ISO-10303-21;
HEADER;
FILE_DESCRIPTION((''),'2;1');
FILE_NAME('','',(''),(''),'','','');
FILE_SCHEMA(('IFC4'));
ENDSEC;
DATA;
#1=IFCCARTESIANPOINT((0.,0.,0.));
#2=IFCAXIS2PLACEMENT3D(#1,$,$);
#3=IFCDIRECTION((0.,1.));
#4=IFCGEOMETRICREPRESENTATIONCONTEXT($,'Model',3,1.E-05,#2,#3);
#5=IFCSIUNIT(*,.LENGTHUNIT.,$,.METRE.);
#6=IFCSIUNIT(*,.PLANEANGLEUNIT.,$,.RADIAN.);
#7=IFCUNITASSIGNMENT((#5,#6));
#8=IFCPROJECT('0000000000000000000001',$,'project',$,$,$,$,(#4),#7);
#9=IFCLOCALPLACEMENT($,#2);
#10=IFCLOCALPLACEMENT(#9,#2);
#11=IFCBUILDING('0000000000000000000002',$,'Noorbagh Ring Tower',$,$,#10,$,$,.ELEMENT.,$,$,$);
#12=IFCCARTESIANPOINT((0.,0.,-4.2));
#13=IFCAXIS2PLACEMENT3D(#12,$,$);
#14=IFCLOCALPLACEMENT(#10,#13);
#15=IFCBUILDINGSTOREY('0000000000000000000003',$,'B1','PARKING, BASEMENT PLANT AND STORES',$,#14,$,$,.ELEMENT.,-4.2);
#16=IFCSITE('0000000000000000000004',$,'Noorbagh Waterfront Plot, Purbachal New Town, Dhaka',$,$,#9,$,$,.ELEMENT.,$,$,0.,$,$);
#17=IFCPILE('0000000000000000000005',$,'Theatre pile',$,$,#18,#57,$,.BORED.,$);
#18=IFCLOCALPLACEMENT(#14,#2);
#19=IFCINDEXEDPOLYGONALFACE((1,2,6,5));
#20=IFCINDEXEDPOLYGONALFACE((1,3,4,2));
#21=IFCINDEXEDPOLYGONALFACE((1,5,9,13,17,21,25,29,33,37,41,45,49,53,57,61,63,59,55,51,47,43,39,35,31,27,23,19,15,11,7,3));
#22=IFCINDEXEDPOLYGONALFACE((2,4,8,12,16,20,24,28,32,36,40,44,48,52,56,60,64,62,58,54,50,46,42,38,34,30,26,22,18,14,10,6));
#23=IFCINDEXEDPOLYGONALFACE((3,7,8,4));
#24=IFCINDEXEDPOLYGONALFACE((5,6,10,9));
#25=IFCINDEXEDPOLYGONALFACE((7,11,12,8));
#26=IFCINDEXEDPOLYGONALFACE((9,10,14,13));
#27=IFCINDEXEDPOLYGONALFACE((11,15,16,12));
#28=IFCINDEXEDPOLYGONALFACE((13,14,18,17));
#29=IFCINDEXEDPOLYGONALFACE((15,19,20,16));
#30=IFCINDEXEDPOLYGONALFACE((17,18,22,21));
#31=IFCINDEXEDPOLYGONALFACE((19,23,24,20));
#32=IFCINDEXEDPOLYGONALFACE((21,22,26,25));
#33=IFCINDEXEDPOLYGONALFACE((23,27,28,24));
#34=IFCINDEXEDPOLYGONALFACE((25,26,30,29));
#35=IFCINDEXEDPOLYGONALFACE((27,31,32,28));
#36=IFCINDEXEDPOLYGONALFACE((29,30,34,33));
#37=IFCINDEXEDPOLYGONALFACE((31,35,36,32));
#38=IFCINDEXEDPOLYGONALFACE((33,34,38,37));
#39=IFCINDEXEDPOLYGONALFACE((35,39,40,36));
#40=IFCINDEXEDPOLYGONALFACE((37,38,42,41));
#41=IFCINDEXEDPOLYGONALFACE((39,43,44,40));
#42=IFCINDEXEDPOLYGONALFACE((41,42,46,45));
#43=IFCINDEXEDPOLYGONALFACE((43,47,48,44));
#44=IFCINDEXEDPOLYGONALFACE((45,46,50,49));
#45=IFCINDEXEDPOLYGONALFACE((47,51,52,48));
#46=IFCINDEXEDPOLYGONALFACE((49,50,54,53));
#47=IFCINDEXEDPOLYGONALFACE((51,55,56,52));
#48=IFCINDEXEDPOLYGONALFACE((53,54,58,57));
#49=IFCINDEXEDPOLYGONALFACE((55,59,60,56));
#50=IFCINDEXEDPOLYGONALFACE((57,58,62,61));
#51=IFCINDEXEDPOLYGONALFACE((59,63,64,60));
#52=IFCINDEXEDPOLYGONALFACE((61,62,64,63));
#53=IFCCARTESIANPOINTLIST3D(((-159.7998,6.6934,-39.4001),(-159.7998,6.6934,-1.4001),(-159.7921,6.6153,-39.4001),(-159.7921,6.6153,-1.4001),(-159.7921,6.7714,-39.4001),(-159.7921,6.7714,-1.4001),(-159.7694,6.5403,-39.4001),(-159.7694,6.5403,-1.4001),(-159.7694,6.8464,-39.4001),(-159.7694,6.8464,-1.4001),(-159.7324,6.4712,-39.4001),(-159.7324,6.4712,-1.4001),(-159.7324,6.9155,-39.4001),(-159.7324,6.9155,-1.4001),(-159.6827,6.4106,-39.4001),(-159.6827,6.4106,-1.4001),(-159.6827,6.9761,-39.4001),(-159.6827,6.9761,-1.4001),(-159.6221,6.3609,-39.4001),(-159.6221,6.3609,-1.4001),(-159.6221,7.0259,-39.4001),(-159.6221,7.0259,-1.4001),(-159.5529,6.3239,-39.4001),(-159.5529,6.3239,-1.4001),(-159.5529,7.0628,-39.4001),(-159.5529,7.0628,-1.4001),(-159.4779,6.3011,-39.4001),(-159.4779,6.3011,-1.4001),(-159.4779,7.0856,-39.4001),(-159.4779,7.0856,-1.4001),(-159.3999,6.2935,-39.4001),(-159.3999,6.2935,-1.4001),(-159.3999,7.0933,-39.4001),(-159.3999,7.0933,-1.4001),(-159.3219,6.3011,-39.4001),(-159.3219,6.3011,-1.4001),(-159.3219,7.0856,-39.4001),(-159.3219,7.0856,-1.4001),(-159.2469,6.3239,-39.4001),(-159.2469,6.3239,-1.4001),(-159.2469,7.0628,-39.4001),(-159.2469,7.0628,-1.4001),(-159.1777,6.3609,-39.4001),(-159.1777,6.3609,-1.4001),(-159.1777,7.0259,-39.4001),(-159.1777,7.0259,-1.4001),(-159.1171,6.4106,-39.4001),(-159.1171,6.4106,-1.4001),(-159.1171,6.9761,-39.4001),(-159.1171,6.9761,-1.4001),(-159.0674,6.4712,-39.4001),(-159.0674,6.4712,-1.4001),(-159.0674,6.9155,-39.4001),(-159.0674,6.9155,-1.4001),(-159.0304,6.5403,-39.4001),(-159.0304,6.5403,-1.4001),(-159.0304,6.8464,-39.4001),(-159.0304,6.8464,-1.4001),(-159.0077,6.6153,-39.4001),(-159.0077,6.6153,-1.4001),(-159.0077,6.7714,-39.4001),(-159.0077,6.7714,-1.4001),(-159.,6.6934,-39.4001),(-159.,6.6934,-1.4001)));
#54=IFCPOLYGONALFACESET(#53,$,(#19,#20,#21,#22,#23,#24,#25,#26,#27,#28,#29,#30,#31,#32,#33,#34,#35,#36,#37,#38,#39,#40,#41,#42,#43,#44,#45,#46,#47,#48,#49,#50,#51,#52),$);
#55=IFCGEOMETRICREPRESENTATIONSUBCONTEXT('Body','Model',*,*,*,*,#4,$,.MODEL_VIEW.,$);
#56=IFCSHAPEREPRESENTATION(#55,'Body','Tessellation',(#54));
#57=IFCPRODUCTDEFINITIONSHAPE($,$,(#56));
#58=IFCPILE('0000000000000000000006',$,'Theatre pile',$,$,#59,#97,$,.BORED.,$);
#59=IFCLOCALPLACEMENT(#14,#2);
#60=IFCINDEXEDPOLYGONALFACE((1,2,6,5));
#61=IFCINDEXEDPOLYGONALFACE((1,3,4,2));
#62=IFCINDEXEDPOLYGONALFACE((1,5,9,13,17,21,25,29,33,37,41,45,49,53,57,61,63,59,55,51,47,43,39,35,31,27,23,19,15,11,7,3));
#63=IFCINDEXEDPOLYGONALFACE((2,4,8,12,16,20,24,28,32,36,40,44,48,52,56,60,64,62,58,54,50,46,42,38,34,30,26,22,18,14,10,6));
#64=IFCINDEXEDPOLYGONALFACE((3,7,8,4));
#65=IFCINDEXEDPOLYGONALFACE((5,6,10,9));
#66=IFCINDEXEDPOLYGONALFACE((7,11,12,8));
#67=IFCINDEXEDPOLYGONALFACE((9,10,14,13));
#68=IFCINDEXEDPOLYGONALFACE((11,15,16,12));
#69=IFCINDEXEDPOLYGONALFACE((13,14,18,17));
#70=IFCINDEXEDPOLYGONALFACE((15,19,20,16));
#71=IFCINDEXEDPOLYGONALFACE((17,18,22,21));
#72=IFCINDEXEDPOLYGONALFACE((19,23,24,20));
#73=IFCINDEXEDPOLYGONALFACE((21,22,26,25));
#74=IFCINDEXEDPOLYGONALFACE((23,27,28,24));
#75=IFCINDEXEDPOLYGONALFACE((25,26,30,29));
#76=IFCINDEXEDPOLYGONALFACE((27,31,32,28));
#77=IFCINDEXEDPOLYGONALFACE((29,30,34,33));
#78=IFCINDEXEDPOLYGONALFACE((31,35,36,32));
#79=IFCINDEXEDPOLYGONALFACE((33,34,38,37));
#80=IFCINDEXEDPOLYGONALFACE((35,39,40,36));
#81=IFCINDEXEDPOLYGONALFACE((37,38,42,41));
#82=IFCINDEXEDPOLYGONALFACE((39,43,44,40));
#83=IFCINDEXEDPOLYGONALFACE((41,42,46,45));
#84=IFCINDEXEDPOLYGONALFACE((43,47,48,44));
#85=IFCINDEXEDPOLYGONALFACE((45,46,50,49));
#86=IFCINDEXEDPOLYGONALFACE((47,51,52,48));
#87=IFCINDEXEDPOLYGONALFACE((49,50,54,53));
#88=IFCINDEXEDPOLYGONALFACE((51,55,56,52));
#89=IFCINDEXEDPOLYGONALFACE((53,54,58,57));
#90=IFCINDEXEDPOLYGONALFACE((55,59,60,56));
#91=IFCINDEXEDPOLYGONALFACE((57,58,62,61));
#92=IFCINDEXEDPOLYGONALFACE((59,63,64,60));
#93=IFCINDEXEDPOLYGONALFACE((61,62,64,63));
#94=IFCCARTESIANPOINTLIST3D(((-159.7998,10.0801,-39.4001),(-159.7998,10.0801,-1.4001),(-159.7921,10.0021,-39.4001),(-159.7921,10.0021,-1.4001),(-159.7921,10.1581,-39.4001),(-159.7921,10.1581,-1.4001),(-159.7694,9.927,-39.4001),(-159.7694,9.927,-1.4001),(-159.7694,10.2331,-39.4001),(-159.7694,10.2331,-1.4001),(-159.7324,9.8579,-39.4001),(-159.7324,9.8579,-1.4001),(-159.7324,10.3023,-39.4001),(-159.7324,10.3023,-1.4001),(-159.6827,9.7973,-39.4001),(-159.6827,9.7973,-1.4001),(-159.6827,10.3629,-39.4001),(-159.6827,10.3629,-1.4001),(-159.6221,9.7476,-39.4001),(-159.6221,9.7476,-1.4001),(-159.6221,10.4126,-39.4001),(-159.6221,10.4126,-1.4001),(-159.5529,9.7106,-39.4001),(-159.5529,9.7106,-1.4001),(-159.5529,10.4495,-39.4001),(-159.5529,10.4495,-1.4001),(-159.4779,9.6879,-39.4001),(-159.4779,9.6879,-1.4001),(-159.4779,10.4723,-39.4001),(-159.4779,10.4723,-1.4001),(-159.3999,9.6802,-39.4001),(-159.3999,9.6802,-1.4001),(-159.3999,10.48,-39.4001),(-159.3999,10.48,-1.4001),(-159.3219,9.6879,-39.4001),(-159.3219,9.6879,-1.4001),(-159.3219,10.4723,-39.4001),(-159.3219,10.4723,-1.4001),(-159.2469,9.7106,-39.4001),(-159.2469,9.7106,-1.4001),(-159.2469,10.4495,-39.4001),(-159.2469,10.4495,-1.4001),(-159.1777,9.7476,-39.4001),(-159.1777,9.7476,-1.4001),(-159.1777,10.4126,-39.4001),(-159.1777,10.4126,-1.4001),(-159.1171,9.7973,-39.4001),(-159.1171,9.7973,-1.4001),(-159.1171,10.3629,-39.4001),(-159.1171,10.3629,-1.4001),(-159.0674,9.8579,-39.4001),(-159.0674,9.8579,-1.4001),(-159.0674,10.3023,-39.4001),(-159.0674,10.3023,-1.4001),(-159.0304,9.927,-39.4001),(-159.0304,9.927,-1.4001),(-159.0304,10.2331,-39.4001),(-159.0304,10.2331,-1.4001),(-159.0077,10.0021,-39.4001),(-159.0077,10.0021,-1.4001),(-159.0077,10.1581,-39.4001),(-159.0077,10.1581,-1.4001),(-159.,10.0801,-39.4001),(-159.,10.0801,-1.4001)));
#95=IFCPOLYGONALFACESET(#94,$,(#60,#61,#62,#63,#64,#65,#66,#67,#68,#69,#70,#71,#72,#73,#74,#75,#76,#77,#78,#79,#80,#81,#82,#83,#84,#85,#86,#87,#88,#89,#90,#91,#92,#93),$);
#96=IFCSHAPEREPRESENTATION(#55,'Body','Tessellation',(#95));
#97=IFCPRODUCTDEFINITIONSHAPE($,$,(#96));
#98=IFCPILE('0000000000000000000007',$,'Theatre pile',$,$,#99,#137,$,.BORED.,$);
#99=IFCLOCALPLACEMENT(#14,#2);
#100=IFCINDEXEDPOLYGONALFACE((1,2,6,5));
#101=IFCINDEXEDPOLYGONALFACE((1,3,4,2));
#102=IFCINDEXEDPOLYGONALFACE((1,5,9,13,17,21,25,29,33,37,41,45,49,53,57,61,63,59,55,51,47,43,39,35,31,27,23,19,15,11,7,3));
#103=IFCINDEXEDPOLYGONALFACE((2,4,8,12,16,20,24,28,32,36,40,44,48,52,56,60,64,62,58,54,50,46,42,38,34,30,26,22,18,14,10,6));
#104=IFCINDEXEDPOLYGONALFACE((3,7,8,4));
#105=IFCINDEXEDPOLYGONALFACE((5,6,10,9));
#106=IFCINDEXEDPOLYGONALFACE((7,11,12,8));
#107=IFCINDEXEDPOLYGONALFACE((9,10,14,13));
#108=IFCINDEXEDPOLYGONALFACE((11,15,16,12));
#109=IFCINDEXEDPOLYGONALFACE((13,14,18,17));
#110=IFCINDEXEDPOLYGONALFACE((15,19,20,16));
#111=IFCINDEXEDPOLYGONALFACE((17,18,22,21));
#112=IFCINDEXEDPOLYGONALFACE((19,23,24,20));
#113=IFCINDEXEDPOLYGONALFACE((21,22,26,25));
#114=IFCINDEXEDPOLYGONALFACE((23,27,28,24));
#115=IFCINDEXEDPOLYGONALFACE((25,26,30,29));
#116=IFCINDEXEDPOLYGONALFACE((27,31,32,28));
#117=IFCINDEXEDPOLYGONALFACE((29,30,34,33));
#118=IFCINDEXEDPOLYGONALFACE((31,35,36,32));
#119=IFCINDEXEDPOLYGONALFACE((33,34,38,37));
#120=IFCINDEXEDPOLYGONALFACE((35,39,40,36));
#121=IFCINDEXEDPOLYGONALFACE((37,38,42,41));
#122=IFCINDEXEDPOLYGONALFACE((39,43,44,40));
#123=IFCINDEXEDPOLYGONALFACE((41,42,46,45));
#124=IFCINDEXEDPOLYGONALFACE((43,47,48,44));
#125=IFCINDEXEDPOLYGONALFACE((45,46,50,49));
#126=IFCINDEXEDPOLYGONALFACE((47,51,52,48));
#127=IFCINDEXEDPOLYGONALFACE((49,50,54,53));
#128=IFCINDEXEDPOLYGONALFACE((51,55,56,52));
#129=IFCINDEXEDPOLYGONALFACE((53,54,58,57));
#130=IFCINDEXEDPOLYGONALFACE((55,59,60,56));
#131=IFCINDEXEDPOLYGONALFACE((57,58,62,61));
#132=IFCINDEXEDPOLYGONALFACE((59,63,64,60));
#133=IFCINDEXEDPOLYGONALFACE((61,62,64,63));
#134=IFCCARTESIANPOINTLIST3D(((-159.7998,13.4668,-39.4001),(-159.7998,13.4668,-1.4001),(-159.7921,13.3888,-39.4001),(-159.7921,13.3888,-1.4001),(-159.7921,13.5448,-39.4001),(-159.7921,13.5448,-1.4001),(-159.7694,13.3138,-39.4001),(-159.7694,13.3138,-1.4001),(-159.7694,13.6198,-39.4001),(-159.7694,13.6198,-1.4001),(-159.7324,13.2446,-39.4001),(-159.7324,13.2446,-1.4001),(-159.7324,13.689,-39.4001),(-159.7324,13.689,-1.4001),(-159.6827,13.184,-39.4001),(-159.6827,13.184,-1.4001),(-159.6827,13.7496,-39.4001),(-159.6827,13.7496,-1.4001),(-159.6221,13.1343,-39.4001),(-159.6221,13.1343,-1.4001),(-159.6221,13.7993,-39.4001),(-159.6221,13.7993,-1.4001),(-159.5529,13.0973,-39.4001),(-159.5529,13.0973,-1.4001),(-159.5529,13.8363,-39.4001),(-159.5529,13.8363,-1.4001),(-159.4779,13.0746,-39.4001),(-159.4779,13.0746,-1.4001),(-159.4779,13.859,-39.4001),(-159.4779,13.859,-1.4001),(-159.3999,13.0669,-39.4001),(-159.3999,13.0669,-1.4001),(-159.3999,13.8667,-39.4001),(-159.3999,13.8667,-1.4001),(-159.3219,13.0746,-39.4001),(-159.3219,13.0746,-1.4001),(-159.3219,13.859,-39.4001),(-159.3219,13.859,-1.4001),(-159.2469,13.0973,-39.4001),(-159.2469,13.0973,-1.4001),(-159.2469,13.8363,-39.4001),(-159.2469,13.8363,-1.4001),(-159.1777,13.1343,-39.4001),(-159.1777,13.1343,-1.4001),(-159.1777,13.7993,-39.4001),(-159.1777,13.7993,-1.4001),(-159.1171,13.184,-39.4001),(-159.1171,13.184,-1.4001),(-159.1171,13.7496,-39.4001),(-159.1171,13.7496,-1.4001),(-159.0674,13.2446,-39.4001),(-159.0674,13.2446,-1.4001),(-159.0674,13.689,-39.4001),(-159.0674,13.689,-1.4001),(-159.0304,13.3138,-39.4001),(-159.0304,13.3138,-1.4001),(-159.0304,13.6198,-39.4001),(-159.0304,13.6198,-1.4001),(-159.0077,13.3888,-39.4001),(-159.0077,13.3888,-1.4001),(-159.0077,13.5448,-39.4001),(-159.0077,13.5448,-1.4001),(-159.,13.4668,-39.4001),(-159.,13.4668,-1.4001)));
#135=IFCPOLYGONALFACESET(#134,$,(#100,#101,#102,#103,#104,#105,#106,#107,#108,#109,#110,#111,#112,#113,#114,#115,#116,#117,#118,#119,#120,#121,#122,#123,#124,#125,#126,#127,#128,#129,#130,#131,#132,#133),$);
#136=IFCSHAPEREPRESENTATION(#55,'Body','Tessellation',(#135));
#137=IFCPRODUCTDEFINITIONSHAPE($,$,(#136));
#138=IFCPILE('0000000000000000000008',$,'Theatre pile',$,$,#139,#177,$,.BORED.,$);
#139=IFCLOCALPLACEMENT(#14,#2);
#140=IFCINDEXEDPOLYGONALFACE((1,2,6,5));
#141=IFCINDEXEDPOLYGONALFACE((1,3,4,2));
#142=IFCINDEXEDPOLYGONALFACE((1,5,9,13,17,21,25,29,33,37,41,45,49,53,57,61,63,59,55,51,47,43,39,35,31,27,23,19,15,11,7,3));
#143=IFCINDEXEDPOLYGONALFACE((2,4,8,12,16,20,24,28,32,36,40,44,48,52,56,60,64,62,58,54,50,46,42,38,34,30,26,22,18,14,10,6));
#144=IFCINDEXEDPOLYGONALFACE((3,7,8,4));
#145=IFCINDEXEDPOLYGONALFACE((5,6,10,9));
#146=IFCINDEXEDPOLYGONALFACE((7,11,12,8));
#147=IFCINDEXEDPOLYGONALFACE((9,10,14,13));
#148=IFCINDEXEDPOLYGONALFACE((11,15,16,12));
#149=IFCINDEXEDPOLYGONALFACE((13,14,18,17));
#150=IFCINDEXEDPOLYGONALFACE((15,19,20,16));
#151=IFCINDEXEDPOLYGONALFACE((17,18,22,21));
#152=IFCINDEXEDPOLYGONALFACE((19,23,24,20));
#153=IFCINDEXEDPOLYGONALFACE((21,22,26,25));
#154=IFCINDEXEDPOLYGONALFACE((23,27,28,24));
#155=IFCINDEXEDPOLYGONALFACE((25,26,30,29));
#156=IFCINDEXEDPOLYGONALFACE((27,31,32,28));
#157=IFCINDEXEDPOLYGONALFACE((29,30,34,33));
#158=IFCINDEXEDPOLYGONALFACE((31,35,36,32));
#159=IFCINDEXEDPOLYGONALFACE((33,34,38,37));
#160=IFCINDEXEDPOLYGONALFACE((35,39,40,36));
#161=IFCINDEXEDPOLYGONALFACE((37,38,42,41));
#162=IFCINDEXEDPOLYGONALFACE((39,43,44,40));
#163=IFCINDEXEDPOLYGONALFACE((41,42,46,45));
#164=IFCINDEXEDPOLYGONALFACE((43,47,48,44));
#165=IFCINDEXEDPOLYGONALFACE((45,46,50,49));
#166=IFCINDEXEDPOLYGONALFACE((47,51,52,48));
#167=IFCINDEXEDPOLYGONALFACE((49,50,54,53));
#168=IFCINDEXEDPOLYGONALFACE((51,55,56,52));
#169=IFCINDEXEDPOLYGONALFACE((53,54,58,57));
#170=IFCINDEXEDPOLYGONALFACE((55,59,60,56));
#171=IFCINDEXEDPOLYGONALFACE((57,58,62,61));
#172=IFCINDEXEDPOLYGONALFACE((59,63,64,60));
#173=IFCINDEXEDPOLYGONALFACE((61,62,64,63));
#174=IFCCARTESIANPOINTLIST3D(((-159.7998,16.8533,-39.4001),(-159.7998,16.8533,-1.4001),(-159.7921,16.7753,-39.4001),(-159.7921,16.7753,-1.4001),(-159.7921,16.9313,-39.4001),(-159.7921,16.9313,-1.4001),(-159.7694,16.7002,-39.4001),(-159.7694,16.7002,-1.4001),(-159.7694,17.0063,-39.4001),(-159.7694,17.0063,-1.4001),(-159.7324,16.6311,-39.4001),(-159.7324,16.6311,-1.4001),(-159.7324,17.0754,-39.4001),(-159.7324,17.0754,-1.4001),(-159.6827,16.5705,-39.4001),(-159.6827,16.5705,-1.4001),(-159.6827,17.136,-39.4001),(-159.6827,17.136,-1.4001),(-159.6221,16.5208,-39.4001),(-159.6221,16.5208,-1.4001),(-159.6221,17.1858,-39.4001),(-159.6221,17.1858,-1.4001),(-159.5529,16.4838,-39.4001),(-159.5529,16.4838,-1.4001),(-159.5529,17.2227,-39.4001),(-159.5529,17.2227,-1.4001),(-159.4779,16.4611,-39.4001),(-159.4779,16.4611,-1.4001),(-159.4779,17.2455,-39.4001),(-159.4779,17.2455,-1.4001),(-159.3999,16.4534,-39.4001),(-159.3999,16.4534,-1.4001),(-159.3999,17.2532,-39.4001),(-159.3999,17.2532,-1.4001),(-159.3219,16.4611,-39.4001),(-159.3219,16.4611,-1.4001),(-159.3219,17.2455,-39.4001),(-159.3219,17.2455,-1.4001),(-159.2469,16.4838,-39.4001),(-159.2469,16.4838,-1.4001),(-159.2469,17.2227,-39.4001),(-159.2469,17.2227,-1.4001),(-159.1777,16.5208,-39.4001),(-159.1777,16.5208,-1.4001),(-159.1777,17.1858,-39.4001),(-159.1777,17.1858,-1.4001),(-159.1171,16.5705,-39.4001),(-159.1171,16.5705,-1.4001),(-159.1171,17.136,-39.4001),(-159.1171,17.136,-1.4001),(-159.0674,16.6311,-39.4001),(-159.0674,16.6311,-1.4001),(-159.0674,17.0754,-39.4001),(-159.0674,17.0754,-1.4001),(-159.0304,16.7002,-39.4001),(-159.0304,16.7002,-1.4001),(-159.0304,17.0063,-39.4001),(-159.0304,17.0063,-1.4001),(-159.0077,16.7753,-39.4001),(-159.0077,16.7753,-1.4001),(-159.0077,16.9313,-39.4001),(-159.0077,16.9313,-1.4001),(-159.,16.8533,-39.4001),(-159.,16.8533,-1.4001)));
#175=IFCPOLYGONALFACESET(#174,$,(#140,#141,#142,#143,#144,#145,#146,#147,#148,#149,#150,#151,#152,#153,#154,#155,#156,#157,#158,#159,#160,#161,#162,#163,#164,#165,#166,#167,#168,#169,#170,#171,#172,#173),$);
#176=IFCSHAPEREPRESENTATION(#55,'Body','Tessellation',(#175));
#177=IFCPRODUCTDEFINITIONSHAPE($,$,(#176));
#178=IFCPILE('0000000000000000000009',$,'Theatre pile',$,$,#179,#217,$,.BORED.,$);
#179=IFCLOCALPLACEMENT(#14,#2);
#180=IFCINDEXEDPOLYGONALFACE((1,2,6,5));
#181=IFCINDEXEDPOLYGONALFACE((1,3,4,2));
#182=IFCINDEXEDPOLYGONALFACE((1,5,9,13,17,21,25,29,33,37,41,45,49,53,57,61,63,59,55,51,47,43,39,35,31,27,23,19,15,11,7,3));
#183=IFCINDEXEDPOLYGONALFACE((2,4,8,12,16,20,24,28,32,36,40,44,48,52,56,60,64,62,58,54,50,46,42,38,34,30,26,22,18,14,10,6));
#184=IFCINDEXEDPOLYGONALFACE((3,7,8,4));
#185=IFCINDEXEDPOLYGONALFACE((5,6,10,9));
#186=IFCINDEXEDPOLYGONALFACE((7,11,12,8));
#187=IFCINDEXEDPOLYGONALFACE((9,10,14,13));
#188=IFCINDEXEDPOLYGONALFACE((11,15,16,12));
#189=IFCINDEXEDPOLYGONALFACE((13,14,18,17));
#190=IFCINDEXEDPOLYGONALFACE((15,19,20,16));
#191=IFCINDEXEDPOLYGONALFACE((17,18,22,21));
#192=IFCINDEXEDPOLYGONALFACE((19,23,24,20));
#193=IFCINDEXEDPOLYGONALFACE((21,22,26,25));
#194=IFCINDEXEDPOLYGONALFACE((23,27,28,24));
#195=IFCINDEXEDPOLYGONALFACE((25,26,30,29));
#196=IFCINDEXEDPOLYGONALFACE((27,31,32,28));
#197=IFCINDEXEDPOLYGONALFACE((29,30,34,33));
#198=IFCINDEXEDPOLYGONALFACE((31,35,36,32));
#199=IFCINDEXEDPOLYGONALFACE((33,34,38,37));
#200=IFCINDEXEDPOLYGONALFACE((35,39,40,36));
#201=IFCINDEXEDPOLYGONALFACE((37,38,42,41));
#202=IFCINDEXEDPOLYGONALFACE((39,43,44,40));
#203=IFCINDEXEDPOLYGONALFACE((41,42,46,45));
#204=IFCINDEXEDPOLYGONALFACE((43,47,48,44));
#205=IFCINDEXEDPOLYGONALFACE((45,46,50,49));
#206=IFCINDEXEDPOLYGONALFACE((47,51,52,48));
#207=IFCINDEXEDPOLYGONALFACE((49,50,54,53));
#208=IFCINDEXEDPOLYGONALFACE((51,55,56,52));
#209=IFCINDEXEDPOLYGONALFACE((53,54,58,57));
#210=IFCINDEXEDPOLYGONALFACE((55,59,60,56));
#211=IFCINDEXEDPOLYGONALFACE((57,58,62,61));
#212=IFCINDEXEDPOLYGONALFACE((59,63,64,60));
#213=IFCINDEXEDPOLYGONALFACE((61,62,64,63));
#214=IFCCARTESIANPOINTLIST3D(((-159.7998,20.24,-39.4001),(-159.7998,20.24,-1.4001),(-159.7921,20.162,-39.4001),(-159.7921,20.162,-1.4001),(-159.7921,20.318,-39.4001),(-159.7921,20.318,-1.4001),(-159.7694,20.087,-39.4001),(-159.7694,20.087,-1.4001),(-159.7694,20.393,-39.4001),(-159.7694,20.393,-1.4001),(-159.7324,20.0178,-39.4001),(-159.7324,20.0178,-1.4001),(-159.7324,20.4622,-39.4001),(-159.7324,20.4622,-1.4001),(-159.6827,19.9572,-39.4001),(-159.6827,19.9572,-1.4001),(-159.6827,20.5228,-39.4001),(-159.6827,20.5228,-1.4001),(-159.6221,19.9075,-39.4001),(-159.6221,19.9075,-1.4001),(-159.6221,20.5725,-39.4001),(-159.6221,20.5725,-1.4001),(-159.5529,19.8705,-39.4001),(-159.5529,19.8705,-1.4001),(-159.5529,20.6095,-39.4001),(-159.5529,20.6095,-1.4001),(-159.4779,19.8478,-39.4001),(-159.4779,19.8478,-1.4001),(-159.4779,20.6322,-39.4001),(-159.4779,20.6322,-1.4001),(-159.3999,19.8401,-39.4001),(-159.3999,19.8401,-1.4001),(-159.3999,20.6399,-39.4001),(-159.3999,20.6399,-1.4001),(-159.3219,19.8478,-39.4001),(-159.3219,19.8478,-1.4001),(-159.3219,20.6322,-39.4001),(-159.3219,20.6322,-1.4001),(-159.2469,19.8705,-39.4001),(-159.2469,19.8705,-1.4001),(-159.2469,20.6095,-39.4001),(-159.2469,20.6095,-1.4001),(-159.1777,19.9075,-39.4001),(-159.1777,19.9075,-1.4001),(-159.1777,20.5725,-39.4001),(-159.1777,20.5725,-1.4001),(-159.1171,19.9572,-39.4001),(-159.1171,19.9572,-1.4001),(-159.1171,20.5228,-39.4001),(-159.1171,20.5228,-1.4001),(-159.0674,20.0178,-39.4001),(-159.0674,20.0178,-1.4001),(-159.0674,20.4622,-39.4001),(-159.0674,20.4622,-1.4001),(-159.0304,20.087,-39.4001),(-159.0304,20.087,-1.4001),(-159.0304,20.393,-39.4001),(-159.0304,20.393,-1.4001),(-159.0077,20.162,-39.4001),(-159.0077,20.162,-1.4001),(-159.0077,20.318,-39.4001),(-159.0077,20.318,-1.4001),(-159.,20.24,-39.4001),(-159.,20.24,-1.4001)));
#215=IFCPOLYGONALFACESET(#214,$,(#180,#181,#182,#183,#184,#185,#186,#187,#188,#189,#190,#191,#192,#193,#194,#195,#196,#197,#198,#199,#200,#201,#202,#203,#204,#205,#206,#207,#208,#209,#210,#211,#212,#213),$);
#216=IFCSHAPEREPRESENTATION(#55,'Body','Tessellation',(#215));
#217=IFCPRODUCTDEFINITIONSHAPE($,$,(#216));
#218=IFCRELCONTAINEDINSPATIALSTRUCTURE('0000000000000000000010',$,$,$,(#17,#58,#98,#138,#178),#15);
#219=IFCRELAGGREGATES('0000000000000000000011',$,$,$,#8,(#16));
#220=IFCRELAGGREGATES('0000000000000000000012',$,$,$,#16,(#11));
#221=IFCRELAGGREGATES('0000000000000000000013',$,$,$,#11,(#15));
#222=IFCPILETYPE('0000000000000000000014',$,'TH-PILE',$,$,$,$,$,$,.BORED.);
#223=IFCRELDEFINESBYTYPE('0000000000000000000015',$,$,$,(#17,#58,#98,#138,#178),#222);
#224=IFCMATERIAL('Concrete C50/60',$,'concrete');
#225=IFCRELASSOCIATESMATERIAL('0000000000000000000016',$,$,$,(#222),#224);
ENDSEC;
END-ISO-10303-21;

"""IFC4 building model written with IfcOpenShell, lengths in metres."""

from ifc_helpers import new_model, si_unit, direction, frame, origin, origin_2d, place, context, subcontext, project, spatial, circle, extrude, material, material_profile, profile_set, type_object, element, save


model = new_model("IFC4")

# Units and contexts
model_context = context("Model", 3, precision=1e-05, world=origin(), true_north=direction((0.0, 1.0)))
body_context = subcontext(model_context, "Body", "Model", "MODEL_VIEW")
ifc_project = project(units=[si_unit("LENGTHUNIT", "METRE"), si_unit("PLANEANGLEUNIT", "RADIAN")], contexts=[model_context])

# Site, building, storey
site_placement = place(None, origin())
site = spatial("IfcSite", under=ifc_project, at=site_placement, Name="Noorbagh Waterfront Plot, Purbachal New Town, Dhaka", CompositionType="ELEMENT", RefElevation=0.0)
building_placement = place(site_placement, origin())
building = spatial("IfcBuilding", under=site, at=building_placement, Name="Noorbagh Ring Tower", CompositionType="ELEMENT")
storey_placement = place(building_placement, frame((0.0, 0.0, -4.2)))
storey = spatial("IfcBuildingStorey", under=building, at=storey_placement, Name="B1", Description="PARKING, BASEMENT PLANT AND STORES", CompositionType="ELEMENT", Elevation=-4.2)

# Piles
ifc_material_1 = material(Name="Concrete C50/60", Category="concrete")
ifc_material_profile_1 = material_profile(ifc_material_1, circle(Radius=0.3999, at=origin_2d()), Name="PILE800")
ifc_profile_set_1 = profile_set([ifc_material_profile_1], Name="Concrete C50/60")
pile_type = type_object("IfcPileType", Name="TH-PILE", PredefinedType="BORED", material=ifc_profile_set_1)
for number, where, z_axis, x_axis, name in (
    (1, (-159.3999, 6.6934, -1.4001), (0.0, 0.0, -1.0), (1.0, 0.0, 0.0), "Theatre pile"),
    (2, (-159.3999, 10.0801, -1.4001), (0.0, 0.0, -1.0), (1.0, 0.0, 0.0), "Theatre pile"),
    (3, (-159.3999, 13.4668, -1.4001), (0.0, 0.0, -1.0), (1.0, 0.0, 0.0), "Theatre pile"),
    (4, (-159.3999, 16.8533, -1.4001), (0.0, 0.0, -1.0), (1.0, 0.0, 0.0), "Theatre pile"),
    (5, (-159.3999, 20.24, -1.4001), (0.0, 0.0, -1.0), (1.0, 0.0, 0.0), "Theatre pile"),
):
    element("IfcPile", number, at=place(storey_placement, frame(where, z_axis=z_axis, x_axis=x_axis)), inside=storey, type_object=pile_type, Name=name, PredefinedType="BORED", context=body_context, shape_type="SweptSolid", body=[
        extrude(circle(Radius=0.3999, at=origin_2d()), origin(), (0.0, 0.0, 1.0), 38.0),
    ])

save(model, "model.ifc")
